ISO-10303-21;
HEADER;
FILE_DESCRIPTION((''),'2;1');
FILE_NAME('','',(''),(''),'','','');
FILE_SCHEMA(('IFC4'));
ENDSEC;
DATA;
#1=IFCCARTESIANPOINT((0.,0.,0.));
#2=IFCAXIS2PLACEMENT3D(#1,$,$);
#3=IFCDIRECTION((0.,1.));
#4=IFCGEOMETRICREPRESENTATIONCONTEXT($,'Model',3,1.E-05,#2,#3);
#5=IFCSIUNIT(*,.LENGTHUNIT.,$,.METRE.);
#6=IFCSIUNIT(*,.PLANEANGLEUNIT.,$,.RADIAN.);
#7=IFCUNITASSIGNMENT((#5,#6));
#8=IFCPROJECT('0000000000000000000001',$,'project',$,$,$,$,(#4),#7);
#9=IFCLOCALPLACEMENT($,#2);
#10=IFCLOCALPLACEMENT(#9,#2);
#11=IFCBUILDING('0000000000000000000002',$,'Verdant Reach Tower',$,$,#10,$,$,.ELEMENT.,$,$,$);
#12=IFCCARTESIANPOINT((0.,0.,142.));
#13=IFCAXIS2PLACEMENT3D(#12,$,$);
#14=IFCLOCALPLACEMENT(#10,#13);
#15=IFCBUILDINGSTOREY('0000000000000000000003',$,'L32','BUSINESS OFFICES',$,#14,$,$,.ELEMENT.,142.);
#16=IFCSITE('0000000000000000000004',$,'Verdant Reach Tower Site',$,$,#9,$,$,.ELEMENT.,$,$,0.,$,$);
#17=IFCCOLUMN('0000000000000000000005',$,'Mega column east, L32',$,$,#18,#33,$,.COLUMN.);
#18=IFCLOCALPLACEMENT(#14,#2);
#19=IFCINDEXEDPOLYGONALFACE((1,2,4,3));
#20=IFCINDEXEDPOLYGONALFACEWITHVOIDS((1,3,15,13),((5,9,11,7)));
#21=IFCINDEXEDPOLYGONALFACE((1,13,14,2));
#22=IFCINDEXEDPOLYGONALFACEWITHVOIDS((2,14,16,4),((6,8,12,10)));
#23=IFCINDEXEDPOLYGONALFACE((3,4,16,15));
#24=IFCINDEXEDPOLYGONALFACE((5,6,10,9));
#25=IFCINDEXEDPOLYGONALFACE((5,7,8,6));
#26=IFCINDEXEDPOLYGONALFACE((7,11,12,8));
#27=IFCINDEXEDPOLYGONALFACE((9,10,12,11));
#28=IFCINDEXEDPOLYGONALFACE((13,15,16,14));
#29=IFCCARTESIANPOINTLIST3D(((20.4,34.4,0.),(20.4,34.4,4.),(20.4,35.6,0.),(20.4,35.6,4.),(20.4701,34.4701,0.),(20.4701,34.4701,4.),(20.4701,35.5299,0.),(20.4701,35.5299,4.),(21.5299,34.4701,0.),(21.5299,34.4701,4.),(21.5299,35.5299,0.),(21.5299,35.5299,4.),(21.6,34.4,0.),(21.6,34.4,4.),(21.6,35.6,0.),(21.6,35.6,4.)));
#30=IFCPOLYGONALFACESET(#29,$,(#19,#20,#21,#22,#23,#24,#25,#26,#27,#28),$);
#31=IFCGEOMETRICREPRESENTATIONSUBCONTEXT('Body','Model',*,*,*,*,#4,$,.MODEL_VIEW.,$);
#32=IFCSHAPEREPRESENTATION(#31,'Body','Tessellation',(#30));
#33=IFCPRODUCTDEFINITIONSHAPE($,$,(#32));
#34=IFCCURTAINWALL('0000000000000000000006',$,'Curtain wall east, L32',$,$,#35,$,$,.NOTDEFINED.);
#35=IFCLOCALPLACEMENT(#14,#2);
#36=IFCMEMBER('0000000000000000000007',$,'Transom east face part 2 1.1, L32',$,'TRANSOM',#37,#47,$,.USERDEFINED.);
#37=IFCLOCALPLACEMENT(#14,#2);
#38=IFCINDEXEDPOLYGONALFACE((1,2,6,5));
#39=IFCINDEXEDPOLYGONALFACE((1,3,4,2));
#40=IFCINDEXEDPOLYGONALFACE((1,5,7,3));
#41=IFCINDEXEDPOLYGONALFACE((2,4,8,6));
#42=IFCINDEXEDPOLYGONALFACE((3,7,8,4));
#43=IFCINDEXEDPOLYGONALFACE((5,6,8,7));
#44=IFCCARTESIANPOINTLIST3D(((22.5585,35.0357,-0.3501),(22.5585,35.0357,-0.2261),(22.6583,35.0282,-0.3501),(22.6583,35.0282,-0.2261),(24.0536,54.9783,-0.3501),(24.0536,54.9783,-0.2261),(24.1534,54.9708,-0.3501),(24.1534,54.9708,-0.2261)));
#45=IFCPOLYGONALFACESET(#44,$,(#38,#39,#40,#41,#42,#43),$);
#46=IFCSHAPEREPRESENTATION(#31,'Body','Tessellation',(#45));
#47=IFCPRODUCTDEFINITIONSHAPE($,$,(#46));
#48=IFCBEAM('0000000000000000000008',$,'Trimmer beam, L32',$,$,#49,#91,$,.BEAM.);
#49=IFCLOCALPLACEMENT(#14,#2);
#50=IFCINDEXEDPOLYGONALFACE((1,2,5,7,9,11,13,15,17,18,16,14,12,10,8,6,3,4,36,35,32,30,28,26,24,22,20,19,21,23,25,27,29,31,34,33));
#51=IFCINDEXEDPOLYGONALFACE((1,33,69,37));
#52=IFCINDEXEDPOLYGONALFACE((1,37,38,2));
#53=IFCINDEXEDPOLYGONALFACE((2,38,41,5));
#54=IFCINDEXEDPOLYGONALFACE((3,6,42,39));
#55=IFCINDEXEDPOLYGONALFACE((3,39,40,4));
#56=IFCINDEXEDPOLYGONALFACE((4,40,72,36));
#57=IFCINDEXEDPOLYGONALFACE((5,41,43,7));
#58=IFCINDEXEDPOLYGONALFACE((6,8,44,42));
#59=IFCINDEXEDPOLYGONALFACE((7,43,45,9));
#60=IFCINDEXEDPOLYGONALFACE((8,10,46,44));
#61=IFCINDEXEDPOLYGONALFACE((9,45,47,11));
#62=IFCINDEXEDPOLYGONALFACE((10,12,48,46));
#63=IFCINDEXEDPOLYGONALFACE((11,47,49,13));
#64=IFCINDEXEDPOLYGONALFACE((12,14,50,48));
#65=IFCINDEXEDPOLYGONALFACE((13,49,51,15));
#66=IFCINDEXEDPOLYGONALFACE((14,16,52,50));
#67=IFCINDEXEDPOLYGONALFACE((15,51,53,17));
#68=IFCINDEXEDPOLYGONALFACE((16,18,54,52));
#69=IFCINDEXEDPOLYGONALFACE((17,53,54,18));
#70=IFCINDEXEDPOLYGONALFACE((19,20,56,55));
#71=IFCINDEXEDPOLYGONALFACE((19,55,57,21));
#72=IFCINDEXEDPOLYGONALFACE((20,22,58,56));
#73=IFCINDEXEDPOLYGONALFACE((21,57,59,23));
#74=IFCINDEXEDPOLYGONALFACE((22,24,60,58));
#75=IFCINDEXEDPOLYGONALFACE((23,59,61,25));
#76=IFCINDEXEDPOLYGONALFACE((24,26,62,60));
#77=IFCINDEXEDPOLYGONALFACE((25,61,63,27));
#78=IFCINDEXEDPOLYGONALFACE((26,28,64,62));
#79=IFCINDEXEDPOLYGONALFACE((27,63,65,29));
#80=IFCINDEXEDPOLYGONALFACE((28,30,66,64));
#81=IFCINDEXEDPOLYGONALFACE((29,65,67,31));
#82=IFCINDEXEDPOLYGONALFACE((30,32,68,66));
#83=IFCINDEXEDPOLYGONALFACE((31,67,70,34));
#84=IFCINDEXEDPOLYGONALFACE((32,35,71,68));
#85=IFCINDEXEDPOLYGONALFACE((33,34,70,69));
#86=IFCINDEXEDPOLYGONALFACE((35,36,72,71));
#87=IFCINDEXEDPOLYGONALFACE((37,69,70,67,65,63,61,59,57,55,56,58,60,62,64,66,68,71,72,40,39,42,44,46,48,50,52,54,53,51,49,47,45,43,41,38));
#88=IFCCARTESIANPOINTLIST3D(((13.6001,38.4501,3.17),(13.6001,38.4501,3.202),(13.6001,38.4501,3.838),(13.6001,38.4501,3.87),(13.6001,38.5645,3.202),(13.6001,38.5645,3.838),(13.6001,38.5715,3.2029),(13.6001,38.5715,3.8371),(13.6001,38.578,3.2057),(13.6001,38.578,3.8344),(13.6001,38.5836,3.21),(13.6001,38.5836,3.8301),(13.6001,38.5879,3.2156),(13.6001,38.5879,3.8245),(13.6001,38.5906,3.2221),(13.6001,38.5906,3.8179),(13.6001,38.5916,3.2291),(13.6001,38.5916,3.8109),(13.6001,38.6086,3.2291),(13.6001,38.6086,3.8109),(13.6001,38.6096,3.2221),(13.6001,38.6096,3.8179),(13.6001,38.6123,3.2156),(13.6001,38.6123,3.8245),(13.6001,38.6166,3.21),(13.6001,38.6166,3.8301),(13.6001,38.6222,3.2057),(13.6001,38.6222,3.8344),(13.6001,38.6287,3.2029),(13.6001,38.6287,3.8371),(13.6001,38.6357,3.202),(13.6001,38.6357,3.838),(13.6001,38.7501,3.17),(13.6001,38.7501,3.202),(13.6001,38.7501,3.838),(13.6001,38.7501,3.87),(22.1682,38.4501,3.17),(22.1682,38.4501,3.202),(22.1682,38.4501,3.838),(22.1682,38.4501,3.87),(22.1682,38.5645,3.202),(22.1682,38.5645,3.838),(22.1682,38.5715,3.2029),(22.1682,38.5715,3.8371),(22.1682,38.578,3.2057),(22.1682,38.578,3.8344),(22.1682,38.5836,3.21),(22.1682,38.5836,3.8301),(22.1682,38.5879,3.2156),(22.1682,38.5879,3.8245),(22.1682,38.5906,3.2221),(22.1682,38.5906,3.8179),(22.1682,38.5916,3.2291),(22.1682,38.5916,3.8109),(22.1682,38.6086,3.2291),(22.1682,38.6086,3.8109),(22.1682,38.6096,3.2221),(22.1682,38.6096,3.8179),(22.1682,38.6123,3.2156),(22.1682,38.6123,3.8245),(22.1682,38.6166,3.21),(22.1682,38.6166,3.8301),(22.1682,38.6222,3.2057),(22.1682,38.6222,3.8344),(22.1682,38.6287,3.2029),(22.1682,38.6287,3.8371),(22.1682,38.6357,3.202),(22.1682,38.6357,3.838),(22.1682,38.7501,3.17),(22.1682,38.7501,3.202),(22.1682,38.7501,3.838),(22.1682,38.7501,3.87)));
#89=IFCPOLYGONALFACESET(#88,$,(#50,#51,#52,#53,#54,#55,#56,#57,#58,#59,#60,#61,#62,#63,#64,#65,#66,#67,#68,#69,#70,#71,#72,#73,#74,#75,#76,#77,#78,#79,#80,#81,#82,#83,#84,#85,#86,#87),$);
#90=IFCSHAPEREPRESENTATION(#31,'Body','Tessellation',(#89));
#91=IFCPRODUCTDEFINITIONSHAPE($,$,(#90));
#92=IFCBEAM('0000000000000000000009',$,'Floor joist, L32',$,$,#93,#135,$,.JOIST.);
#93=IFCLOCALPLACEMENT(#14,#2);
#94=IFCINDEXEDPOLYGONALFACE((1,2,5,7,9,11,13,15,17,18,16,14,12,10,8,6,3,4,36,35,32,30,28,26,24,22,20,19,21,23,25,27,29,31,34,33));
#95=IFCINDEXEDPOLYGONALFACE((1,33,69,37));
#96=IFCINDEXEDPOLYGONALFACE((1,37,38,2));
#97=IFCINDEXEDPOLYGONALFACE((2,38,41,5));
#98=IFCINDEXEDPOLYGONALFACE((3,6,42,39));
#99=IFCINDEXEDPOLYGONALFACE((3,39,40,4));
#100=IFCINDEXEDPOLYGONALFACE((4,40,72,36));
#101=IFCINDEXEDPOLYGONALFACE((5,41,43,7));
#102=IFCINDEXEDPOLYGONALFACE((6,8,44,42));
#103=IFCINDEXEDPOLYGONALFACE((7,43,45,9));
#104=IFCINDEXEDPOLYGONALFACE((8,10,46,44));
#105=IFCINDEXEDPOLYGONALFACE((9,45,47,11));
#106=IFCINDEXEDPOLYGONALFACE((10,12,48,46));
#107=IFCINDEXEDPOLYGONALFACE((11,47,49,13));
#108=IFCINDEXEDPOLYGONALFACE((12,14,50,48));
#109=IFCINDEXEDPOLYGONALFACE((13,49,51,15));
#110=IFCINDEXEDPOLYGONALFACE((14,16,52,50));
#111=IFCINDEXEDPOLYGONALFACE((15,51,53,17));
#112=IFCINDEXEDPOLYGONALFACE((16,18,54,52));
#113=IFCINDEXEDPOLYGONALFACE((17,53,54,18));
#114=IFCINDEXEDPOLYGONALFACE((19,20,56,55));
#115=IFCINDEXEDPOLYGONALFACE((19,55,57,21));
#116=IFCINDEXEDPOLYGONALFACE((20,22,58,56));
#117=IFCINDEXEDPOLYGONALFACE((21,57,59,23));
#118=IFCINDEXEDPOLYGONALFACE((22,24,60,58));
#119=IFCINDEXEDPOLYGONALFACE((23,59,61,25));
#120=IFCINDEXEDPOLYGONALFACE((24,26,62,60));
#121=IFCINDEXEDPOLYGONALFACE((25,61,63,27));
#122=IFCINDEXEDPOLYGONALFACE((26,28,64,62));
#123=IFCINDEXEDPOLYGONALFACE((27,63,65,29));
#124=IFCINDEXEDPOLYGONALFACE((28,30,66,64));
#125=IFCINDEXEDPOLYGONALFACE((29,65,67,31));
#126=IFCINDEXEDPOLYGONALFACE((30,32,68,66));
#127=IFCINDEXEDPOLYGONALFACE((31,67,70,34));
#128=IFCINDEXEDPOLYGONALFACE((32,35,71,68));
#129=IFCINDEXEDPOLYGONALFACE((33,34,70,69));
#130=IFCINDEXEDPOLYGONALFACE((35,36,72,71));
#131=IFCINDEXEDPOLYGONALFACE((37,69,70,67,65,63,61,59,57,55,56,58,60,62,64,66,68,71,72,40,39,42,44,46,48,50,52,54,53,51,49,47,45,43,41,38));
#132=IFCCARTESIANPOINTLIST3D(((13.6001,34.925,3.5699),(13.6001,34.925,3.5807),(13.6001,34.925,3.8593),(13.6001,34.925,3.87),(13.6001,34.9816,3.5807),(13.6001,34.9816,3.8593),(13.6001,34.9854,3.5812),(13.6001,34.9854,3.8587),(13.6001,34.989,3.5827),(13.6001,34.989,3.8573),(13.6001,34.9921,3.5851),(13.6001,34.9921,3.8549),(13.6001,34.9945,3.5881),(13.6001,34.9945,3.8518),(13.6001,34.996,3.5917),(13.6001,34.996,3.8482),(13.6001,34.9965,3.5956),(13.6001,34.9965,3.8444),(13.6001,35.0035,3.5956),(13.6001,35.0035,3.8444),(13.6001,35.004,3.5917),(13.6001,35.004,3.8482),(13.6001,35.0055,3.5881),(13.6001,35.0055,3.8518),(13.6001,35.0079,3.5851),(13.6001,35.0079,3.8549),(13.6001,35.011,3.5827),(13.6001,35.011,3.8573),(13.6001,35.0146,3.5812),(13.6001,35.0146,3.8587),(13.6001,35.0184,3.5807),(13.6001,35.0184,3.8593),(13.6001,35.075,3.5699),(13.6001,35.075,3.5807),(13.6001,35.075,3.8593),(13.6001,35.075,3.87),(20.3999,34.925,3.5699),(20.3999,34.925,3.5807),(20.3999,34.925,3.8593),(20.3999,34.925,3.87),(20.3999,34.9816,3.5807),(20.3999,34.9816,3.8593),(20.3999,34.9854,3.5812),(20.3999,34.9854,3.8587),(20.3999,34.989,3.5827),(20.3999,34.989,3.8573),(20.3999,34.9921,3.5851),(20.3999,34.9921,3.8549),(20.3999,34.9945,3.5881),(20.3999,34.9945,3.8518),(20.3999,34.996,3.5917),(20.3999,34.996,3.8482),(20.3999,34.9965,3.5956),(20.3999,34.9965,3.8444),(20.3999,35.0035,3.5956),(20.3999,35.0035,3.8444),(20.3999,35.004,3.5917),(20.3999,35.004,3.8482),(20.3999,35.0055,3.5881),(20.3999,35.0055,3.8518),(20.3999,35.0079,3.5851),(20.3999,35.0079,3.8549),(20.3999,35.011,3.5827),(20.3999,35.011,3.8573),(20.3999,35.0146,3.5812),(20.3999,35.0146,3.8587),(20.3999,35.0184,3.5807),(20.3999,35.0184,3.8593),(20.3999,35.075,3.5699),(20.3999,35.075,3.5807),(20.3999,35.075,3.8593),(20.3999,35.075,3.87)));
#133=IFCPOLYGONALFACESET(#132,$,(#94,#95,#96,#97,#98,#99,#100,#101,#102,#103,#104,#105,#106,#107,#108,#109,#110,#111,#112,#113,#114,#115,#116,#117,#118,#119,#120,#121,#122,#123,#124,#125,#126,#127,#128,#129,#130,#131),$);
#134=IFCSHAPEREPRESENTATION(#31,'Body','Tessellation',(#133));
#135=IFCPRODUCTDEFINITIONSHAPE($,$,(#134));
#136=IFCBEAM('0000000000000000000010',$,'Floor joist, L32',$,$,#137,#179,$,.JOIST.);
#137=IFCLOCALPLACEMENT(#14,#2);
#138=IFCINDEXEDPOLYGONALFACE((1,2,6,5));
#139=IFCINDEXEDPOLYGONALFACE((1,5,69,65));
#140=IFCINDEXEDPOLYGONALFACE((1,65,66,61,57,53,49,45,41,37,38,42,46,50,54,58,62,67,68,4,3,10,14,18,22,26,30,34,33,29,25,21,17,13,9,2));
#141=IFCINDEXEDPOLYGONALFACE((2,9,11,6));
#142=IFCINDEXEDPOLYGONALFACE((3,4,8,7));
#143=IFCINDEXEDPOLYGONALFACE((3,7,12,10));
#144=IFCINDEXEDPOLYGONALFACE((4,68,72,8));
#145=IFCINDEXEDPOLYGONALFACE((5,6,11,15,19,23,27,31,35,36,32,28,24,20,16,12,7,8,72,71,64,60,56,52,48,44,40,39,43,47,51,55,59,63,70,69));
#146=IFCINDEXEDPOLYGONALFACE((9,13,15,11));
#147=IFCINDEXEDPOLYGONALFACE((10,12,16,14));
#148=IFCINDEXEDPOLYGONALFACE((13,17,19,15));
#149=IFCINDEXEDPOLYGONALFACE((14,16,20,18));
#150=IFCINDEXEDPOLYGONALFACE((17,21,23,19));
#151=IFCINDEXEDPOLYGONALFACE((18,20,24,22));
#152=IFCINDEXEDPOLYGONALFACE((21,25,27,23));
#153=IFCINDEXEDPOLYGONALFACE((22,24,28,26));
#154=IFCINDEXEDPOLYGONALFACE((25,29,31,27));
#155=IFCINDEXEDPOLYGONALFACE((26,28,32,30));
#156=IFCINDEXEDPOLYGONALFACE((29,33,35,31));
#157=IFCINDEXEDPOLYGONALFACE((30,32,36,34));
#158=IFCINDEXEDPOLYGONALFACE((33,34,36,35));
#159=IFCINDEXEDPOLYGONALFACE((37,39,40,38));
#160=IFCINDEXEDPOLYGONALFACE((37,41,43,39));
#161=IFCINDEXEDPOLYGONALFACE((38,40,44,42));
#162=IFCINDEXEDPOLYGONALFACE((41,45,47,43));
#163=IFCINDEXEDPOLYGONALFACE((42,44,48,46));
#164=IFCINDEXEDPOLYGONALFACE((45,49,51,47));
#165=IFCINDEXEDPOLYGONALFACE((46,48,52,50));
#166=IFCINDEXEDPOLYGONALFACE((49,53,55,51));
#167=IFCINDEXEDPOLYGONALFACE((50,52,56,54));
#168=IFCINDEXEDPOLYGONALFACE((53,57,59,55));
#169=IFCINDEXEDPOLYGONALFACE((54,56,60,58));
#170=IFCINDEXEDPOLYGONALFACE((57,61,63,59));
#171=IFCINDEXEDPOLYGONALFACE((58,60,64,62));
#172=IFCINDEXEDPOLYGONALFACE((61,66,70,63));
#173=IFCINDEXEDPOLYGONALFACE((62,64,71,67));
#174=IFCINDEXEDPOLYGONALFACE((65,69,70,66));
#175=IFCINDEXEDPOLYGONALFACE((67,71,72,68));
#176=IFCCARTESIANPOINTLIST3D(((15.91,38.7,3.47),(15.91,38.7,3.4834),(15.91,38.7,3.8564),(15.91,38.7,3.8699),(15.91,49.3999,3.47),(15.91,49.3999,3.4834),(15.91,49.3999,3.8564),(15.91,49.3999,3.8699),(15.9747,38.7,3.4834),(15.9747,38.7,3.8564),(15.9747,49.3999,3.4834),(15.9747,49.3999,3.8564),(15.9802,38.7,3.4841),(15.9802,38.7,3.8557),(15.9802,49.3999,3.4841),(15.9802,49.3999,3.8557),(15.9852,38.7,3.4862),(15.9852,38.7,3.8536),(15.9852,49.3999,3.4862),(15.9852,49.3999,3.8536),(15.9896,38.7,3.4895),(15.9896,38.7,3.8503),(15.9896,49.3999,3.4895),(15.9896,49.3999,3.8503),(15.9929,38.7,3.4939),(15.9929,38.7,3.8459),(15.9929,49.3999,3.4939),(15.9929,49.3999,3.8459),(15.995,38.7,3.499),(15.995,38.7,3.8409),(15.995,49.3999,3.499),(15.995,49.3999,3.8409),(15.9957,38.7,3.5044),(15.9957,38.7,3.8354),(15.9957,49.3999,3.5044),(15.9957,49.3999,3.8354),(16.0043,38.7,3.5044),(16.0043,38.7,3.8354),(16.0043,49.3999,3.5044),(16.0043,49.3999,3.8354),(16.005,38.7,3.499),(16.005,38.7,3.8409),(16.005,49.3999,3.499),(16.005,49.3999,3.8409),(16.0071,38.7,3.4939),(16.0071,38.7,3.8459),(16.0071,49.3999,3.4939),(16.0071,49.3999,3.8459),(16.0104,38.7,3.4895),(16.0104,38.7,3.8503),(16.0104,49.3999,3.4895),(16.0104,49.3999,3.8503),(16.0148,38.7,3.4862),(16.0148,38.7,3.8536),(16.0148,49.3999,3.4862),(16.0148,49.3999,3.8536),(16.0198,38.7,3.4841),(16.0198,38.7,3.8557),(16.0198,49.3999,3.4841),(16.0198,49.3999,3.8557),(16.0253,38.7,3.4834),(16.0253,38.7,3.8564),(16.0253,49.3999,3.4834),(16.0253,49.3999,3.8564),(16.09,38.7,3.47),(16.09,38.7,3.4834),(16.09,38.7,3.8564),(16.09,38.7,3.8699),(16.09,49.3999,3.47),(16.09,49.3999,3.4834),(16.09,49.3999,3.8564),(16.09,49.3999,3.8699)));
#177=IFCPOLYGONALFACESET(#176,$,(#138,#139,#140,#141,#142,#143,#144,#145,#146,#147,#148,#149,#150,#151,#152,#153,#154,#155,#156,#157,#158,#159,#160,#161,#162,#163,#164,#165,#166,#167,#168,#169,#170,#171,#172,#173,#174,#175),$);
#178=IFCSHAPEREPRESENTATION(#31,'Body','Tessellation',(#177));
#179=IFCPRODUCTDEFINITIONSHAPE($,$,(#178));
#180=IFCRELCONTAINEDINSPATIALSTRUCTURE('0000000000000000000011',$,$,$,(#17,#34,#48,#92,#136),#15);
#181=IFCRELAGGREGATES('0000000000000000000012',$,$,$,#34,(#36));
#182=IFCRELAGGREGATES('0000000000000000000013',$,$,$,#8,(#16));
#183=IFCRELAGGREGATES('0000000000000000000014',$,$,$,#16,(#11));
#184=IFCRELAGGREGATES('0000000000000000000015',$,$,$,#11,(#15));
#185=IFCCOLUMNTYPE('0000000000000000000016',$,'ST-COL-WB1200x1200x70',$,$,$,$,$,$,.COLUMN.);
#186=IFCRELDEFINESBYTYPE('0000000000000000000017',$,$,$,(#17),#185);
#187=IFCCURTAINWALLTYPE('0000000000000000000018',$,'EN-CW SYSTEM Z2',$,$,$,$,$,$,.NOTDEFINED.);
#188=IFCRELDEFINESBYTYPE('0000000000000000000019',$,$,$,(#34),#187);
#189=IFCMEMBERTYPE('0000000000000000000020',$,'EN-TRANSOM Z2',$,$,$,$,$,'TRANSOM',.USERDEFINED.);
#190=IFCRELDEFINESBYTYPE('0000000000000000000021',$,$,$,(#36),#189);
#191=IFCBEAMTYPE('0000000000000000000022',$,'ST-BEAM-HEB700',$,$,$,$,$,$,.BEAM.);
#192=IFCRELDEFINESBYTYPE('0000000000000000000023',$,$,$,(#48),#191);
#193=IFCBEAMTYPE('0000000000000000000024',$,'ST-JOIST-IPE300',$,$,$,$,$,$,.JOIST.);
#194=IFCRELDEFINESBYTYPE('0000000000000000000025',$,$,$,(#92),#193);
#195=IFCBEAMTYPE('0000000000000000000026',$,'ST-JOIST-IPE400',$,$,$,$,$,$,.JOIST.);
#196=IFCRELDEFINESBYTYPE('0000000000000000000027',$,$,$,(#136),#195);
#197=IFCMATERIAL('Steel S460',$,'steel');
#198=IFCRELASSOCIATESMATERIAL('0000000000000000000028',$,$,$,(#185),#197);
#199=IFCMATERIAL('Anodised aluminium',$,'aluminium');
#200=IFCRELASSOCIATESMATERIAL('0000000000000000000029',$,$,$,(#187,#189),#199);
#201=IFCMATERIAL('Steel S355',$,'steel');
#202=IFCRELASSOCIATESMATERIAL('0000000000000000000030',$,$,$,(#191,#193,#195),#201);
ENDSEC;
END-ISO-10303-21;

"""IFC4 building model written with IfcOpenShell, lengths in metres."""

from ifc_helpers import new_model, si_unit, direction, frame, origin, origin_2d, place, context, subcontext, project, spatial, rectangle, hollow_rectangle, i_section, extrude, material, material_profile, profile_set, type_object, element, aggregate, save


model = new_model("IFC4")

# Units and contexts
model_context = context("Model", 3, precision=1e-05, world=origin(), true_north=direction((0.0, 1.0)))
body_context = subcontext(model_context, "Body", "Model", "MODEL_VIEW")
ifc_project = project(units=[si_unit("LENGTHUNIT", "METRE"), si_unit("PLANEANGLEUNIT", "RADIAN")], contexts=[model_context])

# Site, building, storey
site_placement = place(None, origin())
site = spatial("IfcSite", under=ifc_project, at=site_placement, Name="Verdant Reach Tower Site", CompositionType="ELEMENT", RefElevation=0.0)
building_placement = place(site_placement, origin())
building = spatial("IfcBuilding", under=site, at=building_placement, Name="Verdant Reach Tower", CompositionType="ELEMENT")
storey_placement = place(building_placement, frame((0.0, 0.0, 142.0)))
storey = spatial("IfcBuildingStorey", under=building, at=storey_placement, Name="L32", Description="BUSINESS OFFICES", CompositionType="ELEMENT", Elevation=142.0)

# Column
ifc_material_1 = material(Name="Steel S460", Category="steel")
ifc_material_profile_1 = material_profile(ifc_material_1, hollow_rectangle(XDim=1.2, YDim=1.2, WallThickness=0.0701, at=origin_2d()), Name="WB 1200x1200x70")
ifc_profile_set_1 = profile_set([ifc_material_profile_1], Name="Steel S460")
column_type = type_object("IfcColumnType", Name="ST-COL-WB1200x1200x70", PredefinedType="COLUMN", material=ifc_profile_set_1)
column_placement = place(storey_placement, frame((21.0, 35.0, 0.0), z_axis=(0.0, 0.0, 1.0), x_axis=(1.0, 0.0, 0.0)))
element("IfcColumn", 1, at=column_placement, inside=storey, type_object=column_type, Name="Mega column east, L32", PredefinedType="COLUMN", context=body_context, shape_type="SweptSolid", body=[
    extrude(hollow_rectangle(XDim=1.2, YDim=1.2, WallThickness=0.0701, at=origin_2d()), origin(), (0.0, 0.0, 1.0), 4.0),
])

# Curtain wall, member
ifc_material_2 = material(Name="Anodised aluminium", Category="aluminium")
curtain_wall_type = type_object("IfcCurtainWallType", Name="EN-CW SYSTEM Z2", PredefinedType="NOTDEFINED", material=ifc_material_2)
curtain_wall_placement = place(storey_placement, origin())
curtain_wall = element("IfcCurtainWall", 2, at=curtain_wall_placement, inside=storey, type_object=curtain_wall_type, Name="Curtain wall east, L32", PredefinedType="NOTDEFINED")
ifc_material_profile_2 = material_profile(ifc_material_2, rectangle(XDim=0.1001, YDim=0.124, at=origin_2d()), Name="Transom 124x100")
ifc_profile_set_2 = profile_set([ifc_material_profile_2], Name="Anodised aluminium")
member_type = type_object("IfcMemberType", Name="EN-TRANSOM Z2", ElementType="TRANSOM", PredefinedType="USERDEFINED", material=ifc_profile_set_2)
member_placement = place(storey_placement, frame((22.6084, 35.032, -0.2881), z_axis=(0.074761, 0.997201, 0.0), x_axis=(-0.997201, 0.074761, 0.0)))
member = element("IfcMember", 3, at=member_placement, type_object=member_type, Name="Transom east face part 2 1.1, L32", ObjectType="TRANSOM", PredefinedType="USERDEFINED", context=body_context, shape_type="SweptSolid", body=[
    extrude(rectangle(XDim=0.1001, YDim=0.124, at=origin_2d()), origin(), (0.0, 0.0, 1.0), 19.9985),
])

# Beams
ifc_material_3 = material(Name="Steel S355", Category="steel")
ifc_material_profile_3 = material_profile(ifc_material_3, i_section(OverallWidth=0.3, OverallDepth=0.7, WebThickness=0.0171, FlangeThickness=0.032, FilletRadius=0.0271, at=origin_2d()), Name="HEB 700")
ifc_profile_set_3 = profile_set([ifc_material_profile_3], Name="Steel S355")
beam_type_1 = type_object("IfcBeamType", Name="ST-BEAM-HEB700", PredefinedType="BEAM", material=ifc_profile_set_3)
beam_1_placement = place(storey_placement, frame((13.6001, 38.6001, 3.52), z_axis=(1.0, 0.0, 0.0), x_axis=(0.0, 1.0, 0.0)))
element("IfcBeam", 4, at=beam_1_placement, inside=storey, type_object=beam_type_1, Name="Trimmer beam, L32", PredefinedType="BEAM", context=body_context, shape_type="SweptSolid", body=[
    extrude(i_section(OverallWidth=0.3, OverallDepth=0.7, WebThickness=0.0171, FlangeThickness=0.032, FilletRadius=0.0271, at=origin_2d()), origin(), (0.0, 0.0, 1.0), 8.5681),
])
ifc_material_profile_4 = material_profile(ifc_material_3, i_section(OverallWidth=0.1499, OverallDepth=0.3, WebThickness=0.0071, FlangeThickness=0.0107, FilletRadius=0.0149, at=origin_2d()), Name="IPE 300")
ifc_profile_set_4 = profile_set([ifc_material_profile_4], Name="Steel S355")
beam_type_2 = type_object("IfcBeamType", Name="ST-JOIST-IPE300", PredefinedType="JOIST", material=ifc_profile_set_4)
beam_2_placement = place(storey_placement, frame((13.6001, 35.0, 3.72), z_axis=(1.0, 0.0, 0.0), x_axis=(0.0, 1.0, 0.0)))
element("IfcBeam", 5, at=beam_2_placement, inside=storey, type_object=beam_type_2, Name="Floor joist, L32", PredefinedType="JOIST", context=body_context, shape_type="SweptSolid", body=[
    extrude(i_section(OverallWidth=0.1499, OverallDepth=0.3, WebThickness=0.0071, FlangeThickness=0.0107, FilletRadius=0.0149, at=origin_2d()), origin(), (0.0, 0.0, 1.0), 6.7998),
])
ifc_material_profile_5 = material_profile(ifc_material_3, i_section(OverallWidth=0.1799, OverallDepth=0.3999, WebThickness=0.0085, FlangeThickness=0.0134, FilletRadius=0.021, at=origin_2d()), Name="IPE 400")
ifc_profile_set_5 = profile_set([ifc_material_profile_5], Name="Steel S355")
beam_type_3 = type_object("IfcBeamType", Name="ST-JOIST-IPE400", PredefinedType="JOIST", material=ifc_profile_set_5)
for number, where, z_axis, x_axis, name in (
    (6, (16.0, 38.7, 3.6699), (0.0, 1.0, 0.0), (-1.0, 0.0, 0.0), "Floor joist, L32"),
):
    element("IfcBeam", number, at=place(storey_placement, frame(where, z_axis=z_axis, x_axis=x_axis)), inside=storey, type_object=beam_type_3, Name=name, PredefinedType="JOIST", context=body_context, shape_type="SweptSolid", body=[
        extrude(i_section(OverallWidth=0.1799, OverallDepth=0.3999, WebThickness=0.0085, FlangeThickness=0.0134, FilletRadius=0.021, at=origin_2d()), origin(), (0.0, 0.0, 1.0), 10.7),
    ])

aggregate(curtain_wall, [member])

save(model, "model.ifc")
